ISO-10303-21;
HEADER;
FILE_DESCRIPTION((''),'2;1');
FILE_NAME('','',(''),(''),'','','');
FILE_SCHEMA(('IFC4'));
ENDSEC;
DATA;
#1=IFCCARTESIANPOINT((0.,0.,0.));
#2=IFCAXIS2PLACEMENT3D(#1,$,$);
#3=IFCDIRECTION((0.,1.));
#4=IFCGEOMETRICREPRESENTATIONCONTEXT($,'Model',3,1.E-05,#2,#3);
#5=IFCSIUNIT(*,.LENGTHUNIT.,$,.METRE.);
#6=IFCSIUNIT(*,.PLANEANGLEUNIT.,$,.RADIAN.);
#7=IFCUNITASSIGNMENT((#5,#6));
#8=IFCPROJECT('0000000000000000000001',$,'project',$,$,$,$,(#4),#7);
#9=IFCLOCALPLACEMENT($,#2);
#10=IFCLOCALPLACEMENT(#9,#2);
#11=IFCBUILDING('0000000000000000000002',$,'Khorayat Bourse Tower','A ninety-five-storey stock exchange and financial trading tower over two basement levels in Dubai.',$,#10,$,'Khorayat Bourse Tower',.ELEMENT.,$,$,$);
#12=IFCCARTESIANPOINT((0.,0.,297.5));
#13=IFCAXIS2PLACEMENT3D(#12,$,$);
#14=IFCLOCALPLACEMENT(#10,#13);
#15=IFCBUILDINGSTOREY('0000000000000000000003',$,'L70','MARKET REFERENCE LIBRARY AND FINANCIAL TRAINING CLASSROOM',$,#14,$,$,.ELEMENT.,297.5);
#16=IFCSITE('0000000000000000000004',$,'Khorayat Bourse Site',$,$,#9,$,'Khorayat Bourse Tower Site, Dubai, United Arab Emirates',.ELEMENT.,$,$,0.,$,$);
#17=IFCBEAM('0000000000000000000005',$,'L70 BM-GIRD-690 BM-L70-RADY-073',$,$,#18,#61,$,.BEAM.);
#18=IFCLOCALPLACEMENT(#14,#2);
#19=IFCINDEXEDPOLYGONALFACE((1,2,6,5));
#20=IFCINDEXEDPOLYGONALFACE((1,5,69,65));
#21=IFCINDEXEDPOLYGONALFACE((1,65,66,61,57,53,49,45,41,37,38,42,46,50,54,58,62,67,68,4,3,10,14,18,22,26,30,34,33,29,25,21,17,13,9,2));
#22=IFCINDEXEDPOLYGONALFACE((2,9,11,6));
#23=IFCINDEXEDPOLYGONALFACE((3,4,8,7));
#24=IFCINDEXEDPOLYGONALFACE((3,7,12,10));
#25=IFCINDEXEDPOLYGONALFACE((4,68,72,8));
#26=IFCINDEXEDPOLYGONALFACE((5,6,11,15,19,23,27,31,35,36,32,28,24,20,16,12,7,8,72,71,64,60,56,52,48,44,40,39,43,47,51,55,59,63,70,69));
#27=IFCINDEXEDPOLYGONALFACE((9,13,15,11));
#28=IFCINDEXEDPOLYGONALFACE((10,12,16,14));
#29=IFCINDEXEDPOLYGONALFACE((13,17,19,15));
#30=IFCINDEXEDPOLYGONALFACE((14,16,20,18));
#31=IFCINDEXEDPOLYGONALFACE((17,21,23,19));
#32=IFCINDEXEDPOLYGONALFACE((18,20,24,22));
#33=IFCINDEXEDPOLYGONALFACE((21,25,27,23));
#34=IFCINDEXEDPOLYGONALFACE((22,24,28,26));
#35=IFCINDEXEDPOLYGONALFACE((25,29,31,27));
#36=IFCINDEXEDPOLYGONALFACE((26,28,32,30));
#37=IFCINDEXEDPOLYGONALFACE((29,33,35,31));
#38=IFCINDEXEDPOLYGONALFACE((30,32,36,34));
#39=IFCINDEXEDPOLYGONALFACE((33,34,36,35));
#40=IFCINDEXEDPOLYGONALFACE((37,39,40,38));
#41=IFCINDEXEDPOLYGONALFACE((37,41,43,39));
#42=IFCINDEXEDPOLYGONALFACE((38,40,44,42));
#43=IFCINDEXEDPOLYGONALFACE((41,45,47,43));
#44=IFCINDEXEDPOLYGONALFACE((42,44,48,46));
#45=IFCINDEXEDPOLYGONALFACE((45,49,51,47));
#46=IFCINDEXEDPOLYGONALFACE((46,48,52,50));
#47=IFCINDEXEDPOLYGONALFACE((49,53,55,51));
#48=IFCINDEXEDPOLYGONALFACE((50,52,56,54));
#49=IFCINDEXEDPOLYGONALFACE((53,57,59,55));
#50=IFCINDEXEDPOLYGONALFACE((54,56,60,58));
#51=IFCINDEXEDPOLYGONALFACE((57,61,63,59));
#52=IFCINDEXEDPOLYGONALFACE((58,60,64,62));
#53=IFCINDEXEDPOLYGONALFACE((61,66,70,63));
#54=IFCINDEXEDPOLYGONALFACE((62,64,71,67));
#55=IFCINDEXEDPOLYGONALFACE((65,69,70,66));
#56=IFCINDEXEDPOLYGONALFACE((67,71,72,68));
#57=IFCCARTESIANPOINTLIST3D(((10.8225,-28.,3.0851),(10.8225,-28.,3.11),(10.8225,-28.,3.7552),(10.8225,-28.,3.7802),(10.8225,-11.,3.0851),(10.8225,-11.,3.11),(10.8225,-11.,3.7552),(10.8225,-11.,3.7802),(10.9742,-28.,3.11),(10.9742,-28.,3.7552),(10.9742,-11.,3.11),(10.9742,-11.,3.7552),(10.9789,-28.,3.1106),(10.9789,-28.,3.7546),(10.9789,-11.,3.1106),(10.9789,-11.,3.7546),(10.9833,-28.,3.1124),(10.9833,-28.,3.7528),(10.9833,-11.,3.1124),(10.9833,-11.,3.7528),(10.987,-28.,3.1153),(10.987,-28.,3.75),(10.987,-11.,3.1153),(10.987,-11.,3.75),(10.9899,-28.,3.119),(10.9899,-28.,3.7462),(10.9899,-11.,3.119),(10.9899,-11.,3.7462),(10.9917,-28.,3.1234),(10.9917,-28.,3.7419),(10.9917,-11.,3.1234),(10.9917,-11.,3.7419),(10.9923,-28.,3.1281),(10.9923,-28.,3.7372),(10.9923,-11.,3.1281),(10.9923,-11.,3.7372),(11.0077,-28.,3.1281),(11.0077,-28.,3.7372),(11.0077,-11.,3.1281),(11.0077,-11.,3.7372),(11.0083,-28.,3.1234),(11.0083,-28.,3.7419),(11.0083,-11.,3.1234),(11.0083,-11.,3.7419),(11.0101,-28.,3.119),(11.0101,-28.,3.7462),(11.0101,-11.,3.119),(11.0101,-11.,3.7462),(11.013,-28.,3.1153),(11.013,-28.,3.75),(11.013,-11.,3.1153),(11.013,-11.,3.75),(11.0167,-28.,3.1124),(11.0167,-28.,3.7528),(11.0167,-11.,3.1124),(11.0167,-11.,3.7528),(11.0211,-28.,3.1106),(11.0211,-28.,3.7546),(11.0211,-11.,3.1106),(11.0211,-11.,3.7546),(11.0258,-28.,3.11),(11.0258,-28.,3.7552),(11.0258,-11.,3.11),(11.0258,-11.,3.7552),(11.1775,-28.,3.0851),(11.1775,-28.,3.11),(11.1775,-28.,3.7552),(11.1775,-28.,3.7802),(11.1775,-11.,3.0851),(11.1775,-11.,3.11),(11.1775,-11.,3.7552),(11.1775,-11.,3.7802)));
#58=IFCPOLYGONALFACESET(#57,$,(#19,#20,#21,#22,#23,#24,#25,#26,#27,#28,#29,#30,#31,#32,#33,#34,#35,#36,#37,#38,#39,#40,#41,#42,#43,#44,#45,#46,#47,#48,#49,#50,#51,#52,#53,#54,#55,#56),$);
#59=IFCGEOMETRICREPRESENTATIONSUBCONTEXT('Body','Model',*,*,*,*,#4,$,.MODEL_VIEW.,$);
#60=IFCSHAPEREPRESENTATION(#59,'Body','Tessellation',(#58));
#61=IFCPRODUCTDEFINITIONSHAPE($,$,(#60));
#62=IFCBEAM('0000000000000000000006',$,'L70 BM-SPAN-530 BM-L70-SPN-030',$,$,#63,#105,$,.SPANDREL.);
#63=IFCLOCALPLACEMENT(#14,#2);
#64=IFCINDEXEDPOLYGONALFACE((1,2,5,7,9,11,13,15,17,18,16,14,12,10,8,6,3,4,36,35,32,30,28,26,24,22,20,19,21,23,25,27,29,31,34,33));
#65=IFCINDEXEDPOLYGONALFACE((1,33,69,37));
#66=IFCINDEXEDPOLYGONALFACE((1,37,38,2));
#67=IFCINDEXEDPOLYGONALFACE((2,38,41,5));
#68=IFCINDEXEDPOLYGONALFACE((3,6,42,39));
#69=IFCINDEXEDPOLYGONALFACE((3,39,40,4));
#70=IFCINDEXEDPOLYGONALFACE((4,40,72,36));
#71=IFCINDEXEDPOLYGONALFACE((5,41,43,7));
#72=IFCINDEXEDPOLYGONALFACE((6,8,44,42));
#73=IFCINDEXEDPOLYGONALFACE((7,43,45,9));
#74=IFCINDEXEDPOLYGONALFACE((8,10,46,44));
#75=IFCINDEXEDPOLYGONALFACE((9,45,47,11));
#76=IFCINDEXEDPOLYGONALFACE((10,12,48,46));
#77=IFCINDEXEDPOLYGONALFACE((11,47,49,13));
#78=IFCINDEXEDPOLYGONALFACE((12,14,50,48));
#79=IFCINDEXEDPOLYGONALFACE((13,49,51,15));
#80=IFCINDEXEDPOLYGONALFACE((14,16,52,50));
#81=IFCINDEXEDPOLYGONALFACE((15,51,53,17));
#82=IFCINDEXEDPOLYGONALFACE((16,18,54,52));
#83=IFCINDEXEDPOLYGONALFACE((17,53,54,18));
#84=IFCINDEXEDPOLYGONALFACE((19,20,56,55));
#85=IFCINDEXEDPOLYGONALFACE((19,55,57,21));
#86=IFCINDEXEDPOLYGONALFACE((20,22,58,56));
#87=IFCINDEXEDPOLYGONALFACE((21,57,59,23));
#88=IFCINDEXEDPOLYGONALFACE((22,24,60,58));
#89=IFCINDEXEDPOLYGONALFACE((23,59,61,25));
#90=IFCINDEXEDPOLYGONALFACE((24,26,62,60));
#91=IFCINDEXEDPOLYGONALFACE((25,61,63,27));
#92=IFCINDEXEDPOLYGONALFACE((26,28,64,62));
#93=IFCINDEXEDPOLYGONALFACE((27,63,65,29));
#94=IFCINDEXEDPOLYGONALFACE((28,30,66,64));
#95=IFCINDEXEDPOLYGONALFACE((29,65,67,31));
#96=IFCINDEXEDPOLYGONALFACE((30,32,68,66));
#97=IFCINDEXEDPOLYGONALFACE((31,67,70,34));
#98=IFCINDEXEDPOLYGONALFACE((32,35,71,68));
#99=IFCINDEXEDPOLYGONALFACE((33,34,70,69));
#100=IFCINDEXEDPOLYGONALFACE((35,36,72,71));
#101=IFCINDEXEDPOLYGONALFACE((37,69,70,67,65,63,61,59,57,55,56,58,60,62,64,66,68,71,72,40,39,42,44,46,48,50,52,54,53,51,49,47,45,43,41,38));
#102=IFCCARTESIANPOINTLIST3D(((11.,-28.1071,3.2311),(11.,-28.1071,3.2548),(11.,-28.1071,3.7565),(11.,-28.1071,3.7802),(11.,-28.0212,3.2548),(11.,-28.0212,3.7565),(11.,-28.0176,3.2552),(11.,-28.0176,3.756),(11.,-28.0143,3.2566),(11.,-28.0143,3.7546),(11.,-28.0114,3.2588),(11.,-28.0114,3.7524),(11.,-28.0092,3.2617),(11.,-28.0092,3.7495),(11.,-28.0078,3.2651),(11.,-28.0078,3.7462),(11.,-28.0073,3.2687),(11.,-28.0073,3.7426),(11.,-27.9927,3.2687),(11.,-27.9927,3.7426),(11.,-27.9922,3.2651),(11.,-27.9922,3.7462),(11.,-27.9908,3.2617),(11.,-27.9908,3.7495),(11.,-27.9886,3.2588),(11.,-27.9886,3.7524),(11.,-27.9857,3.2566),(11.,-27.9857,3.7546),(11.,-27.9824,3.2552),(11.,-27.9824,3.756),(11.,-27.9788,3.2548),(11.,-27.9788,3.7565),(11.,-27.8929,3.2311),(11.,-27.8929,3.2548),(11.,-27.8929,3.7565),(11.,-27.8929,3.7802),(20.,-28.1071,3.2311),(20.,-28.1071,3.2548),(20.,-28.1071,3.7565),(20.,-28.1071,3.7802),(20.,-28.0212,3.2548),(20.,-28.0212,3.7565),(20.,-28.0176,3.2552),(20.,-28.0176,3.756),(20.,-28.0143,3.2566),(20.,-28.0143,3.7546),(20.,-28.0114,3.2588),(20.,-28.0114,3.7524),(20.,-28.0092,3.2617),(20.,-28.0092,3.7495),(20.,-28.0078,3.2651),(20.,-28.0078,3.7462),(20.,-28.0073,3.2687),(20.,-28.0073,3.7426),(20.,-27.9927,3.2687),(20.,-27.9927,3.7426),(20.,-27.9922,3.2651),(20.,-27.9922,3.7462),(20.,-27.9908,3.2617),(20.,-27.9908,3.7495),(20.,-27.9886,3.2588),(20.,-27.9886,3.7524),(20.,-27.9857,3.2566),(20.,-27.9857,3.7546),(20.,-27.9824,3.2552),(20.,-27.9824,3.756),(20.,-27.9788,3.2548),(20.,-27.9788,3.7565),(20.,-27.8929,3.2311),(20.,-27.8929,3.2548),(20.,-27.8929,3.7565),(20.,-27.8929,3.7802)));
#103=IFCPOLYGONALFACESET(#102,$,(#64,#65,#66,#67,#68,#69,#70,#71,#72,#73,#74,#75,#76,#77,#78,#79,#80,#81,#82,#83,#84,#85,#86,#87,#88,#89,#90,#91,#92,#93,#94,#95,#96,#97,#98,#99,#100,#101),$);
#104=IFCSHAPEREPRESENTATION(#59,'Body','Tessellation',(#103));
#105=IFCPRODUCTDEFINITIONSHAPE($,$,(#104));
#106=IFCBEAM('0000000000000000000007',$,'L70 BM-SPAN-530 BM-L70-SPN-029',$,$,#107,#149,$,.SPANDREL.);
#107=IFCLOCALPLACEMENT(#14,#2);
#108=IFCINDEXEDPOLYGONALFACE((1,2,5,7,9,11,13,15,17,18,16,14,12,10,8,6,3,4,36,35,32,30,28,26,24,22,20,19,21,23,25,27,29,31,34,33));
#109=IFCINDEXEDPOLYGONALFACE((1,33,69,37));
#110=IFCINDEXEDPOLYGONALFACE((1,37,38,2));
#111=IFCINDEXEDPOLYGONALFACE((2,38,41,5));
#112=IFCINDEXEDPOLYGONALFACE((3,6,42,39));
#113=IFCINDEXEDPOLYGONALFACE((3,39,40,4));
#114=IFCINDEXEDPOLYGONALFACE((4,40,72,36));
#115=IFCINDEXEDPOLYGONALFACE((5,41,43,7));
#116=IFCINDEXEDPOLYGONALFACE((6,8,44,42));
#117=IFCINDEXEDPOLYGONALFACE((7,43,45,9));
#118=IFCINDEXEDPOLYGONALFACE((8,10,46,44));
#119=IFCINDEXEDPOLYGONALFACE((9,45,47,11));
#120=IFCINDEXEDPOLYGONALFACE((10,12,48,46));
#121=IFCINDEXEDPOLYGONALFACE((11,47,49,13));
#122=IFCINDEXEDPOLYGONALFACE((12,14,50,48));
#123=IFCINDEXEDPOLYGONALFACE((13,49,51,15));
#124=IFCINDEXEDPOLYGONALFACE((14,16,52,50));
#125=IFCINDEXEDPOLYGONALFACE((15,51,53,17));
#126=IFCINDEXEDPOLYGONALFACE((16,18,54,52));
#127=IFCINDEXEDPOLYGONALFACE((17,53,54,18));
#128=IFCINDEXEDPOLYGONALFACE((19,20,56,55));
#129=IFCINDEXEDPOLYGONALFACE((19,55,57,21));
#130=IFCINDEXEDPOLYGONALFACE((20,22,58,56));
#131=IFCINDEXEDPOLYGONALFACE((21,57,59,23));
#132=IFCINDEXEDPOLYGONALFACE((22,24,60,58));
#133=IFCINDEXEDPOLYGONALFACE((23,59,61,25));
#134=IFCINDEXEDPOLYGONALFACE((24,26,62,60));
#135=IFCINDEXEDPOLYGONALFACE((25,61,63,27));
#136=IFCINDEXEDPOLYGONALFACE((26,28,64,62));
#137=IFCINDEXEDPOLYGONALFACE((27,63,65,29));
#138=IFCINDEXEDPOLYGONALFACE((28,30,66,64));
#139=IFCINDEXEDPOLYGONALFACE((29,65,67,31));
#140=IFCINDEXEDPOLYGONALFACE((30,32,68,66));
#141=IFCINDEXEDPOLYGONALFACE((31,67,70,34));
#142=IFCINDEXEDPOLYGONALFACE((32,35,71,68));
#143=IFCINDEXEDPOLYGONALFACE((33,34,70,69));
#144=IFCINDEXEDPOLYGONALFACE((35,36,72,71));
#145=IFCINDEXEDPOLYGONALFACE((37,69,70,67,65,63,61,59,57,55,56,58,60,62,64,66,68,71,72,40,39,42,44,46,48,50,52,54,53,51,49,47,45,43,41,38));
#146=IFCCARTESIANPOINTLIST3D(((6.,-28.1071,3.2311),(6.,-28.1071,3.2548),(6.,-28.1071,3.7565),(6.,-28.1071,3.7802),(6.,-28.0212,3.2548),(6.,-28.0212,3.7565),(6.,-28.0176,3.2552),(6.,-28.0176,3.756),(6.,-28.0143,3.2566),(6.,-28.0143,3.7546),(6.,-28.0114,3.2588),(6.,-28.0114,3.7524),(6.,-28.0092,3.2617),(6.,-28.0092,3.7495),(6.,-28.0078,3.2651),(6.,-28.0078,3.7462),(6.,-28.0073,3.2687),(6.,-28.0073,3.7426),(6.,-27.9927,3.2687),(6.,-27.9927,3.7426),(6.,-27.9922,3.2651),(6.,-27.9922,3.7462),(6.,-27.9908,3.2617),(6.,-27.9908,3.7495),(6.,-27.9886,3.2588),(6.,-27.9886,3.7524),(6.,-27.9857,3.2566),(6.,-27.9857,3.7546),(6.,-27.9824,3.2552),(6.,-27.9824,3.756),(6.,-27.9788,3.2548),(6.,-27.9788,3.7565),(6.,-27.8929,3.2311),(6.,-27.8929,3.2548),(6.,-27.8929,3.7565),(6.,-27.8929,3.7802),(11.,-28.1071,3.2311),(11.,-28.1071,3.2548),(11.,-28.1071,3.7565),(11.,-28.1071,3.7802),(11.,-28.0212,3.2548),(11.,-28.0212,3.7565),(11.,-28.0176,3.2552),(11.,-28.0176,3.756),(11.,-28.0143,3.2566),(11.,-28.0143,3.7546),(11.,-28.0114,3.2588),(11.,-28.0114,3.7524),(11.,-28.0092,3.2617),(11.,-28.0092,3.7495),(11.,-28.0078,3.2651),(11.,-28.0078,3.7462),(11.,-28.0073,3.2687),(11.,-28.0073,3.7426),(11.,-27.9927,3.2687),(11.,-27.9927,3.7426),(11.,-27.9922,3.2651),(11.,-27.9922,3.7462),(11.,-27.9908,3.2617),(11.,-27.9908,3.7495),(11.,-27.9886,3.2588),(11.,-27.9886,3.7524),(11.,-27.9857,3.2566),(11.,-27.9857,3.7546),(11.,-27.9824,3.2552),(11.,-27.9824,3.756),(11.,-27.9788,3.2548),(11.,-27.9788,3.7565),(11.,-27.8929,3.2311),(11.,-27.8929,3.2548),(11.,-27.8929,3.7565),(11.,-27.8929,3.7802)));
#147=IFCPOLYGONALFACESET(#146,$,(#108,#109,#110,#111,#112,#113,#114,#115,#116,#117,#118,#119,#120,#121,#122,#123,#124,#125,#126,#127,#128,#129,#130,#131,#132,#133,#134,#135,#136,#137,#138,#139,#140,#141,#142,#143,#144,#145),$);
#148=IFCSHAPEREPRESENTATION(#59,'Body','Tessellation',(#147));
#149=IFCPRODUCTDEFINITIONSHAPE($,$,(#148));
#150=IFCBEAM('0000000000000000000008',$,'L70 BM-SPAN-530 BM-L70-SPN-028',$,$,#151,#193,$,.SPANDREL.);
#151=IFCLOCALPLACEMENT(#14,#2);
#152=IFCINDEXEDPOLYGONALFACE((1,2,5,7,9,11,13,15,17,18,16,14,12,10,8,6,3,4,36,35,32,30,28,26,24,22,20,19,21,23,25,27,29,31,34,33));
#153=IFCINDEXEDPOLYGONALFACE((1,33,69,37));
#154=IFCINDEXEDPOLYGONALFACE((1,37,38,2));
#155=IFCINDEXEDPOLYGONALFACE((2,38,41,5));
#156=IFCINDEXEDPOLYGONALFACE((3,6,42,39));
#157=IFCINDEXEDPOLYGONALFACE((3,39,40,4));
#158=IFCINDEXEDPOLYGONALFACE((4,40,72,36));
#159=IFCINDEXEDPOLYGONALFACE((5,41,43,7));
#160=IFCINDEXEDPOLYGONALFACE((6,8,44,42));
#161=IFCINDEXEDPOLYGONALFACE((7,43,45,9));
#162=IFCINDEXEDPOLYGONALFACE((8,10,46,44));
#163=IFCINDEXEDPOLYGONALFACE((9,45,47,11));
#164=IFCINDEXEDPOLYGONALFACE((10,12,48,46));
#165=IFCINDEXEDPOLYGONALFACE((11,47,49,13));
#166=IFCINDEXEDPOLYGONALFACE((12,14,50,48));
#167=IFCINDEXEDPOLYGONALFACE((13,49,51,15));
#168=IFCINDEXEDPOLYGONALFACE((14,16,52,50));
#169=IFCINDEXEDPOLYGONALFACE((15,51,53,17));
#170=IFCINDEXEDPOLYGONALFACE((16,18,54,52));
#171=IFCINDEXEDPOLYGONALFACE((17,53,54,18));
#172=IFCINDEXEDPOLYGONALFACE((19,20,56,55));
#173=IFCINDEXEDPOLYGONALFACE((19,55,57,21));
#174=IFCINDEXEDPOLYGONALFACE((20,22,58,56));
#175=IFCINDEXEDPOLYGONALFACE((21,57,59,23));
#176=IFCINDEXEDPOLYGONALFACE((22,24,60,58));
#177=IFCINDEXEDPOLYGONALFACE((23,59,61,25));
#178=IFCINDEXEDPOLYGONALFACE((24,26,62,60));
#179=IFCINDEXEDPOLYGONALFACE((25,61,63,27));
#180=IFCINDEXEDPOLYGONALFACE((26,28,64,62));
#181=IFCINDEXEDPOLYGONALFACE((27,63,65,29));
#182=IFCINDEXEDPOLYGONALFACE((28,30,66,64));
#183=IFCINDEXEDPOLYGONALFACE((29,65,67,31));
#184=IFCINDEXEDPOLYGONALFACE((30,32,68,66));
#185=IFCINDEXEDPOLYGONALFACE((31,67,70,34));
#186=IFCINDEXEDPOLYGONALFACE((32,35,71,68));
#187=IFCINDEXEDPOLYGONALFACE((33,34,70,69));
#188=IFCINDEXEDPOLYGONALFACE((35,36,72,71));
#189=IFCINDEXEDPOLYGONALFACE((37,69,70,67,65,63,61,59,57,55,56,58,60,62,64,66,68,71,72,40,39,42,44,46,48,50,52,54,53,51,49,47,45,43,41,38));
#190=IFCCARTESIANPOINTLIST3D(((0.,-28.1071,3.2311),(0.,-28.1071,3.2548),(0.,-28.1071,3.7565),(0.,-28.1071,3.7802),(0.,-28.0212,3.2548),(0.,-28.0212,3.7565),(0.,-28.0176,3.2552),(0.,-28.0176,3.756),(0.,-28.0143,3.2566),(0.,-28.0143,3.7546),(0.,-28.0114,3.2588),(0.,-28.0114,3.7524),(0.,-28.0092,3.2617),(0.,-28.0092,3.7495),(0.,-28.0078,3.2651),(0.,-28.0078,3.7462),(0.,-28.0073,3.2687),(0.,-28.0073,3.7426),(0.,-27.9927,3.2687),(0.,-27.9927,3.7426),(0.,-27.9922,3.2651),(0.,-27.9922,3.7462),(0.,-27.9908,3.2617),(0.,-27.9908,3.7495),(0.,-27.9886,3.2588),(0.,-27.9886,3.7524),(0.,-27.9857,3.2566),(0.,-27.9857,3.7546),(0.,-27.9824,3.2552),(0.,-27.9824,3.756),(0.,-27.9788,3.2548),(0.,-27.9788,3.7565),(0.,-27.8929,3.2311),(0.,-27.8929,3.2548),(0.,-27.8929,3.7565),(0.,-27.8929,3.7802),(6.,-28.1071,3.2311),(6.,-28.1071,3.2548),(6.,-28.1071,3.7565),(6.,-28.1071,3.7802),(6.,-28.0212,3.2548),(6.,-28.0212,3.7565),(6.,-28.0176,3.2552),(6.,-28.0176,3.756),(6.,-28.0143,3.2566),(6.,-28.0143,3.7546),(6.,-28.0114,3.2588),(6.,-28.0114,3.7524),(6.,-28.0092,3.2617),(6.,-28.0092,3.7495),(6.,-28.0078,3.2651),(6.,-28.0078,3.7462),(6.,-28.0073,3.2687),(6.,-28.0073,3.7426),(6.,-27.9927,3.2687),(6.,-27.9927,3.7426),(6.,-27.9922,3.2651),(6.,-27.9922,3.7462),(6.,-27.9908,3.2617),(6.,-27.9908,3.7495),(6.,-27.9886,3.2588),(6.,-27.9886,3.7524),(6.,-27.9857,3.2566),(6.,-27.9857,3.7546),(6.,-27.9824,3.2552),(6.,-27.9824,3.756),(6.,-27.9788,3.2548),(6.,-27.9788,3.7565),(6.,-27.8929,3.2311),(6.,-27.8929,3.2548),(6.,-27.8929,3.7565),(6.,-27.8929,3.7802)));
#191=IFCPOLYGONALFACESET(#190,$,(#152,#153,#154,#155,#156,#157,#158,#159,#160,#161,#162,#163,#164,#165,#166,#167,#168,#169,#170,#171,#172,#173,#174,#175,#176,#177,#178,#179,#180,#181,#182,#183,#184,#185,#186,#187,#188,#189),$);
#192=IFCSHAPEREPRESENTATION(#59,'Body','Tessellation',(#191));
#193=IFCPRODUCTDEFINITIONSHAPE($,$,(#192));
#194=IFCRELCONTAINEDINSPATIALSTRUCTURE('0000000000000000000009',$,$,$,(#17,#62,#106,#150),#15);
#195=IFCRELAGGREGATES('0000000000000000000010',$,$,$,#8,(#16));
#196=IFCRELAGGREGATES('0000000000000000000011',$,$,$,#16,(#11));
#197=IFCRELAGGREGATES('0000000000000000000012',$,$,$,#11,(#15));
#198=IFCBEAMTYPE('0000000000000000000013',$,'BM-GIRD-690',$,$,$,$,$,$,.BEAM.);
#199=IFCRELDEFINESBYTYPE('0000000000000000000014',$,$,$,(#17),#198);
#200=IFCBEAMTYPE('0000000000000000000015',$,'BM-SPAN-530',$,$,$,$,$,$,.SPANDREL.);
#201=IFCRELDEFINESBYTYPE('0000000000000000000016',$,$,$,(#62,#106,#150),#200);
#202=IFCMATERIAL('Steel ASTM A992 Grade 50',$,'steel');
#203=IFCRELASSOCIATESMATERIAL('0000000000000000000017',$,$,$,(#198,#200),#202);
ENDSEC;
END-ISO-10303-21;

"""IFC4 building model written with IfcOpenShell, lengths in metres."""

from ifc_helpers import new_model, si_unit, direction, frame, origin, origin_2d, place, context, subcontext, project, spatial, i_section, extrude, source, transform, mapped, material, material_profile, profile_set, type_object, element, save


model = new_model("IFC4")

# Units and contexts
model_context = context("Model", 3, precision=1e-05, world=origin(), true_north=direction((0.0, 1.0)))
body_context = subcontext(model_context, "Body", "Model", "MODEL_VIEW")
ifc_project = project(units=[si_unit("LENGTHUNIT", "METRE"), si_unit("PLANEANGLEUNIT", "RADIAN")], contexts=[model_context])

# Site, building, storey
site_placement = place(None, origin())
site = spatial("IfcSite", under=ifc_project, at=site_placement, Name="Khorayat Bourse Site", LongName="Khorayat Bourse Tower Site, Dubai, United Arab Emirates", CompositionType="ELEMENT", RefElevation=0.0)
building_placement = place(site_placement, origin())
building = spatial("IfcBuilding", under=site, at=building_placement, Name="Khorayat Bourse Tower", Description="A ninety-five-storey stock exchange and financial trading tower over two basement levels in Dubai.", LongName="Khorayat Bourse Tower", CompositionType="ELEMENT")
storey_placement = place(building_placement, frame((0.0, 0.0, 297.5)))
storey = spatial("IfcBuildingStorey", under=building, at=storey_placement, Name="L70", Description="MARKET REFERENCE LIBRARY AND FINANCIAL TRAINING CLASSROOM", CompositionType="ELEMENT", Elevation=297.5)

# Beams
ifc_material_1 = material(Name="Steel ASTM A992 Grade 50", Category="steel")
ifc_material_profile_1 = material_profile(ifc_material_1, i_section(OverallWidth=0.355, OverallDepth=0.6951, WebThickness=0.0154, FlangeThickness=0.0249, FilletRadius=0.0181, at=origin_2d()), Name="W690X217")
ifc_profile_set_1 = profile_set([ifc_material_profile_1], Name="Steel ASTM A992 Grade 50")
beam_type_1 = type_object("IfcBeamType", Name="BM-GIRD-690", PredefinedType="BEAM", material=ifc_profile_set_1)
shared_shape_1 = source(origin(), body_context, "Body", "SweptSolid", [
    extrude(i_section(OverallWidth=0.355, OverallDepth=0.6951, WebThickness=0.0154, FlangeThickness=0.0249, FilletRadius=0.0181, at=origin_2d()), origin(), (0.0, 0.0, 1.0), 17.0),
])
for number, where, z_axis, x_axis, name in (
    (1, (11.0, -28.0, 3.4326), (0.0, 1.0, 0.0), (-1.0, 0.0, 0.0), "L70 BM-GIRD-690 BM-L70-RADY-073"),
):
    element("IfcBeam", number, at=place(storey_placement, frame(where, z_axis=z_axis, x_axis=x_axis)), inside=storey, type_object=beam_type_1, Name=name, PredefinedType="BEAM", context=body_context, shape_type="MappedRepresentation", body=[
        mapped(shared_shape_1, transform((0.0, 0.0, 0.0), scale=1.0)),
    ])
ifc_material_profile_2 = material_profile(ifc_material_1, i_section(OverallWidth=0.2141, OverallDepth=0.5491, WebThickness=0.0146, FlangeThickness=0.0237, FilletRadius=0.0139, at=origin_2d()), Name="W530X138")
ifc_profile_set_2 = profile_set([ifc_material_profile_2], Name="Steel ASTM A992 Grade 50")
beam_type_2 = type_object("IfcBeamType", Name="BM-SPAN-530", PredefinedType="SPANDREL", material=ifc_profile_set_2)
shared_shape_2 = source(origin(), body_context, "Body", "SweptSolid", [
    extrude(i_section(OverallWidth=0.2141, OverallDepth=0.5491, WebThickness=0.0146, FlangeThickness=0.0237, FilletRadius=0.0139, at=origin_2d()), origin(), (0.0, 0.0, 1.0), 9.0),
])
beam_1_placement = place(storey_placement, frame((11.0, -28.0, 3.5056), z_axis=(1.0, 0.0, 0.0), x_axis=(0.0, 1.0, 0.0)))
element("IfcBeam", 2, at=beam_1_placement, inside=storey, type_object=beam_type_2, Name="L70 BM-SPAN-530 BM-L70-SPN-030", PredefinedType="SPANDREL", context=body_context, shape_type="MappedRepresentation", body=[
    mapped(shared_shape_2, transform((0.0, 0.0, 0.0), scale=1.0)),
])
shared_shape_3 = source(origin(), body_context, "Body", "SweptSolid", [
    extrude(i_section(OverallWidth=0.2141, OverallDepth=0.5491, WebThickness=0.0146, FlangeThickness=0.0237, FilletRadius=0.0139, at=origin_2d()), origin(), (0.0, 0.0, 1.0), 5.0),
])
beam_2_placement = place(storey_placement, frame((6.0, -28.0, 3.5056), z_axis=(1.0, 0.0, 0.0), x_axis=(0.0, 1.0, 0.0)))
element("IfcBeam", 3, at=beam_2_placement, inside=storey, type_object=beam_type_2, Name="L70 BM-SPAN-530 BM-L70-SPN-029", PredefinedType="SPANDREL", context=body_context, shape_type="MappedRepresentation", body=[
    mapped(shared_shape_3, transform((0.0, 0.0, 0.0), scale=1.0)),
])
shared_shape_4 = source(origin(), body_context, "Body", "SweptSolid", [
    extrude(i_section(OverallWidth=0.2141, OverallDepth=0.5491, WebThickness=0.0146, FlangeThickness=0.0237, FilletRadius=0.0139, at=origin_2d()), origin(), (0.0, 0.0, 1.0), 6.0),
])
beam_3_placement = place(storey_placement, frame((0.0, -28.0, 3.5056), z_axis=(1.0, 0.0, 0.0), x_axis=(0.0, 1.0, 0.0)))
element("IfcBeam", 4, at=beam_3_placement, inside=storey, type_object=beam_type_2, Name="L70 BM-SPAN-530 BM-L70-SPN-028", PredefinedType="SPANDREL", context=body_context, shape_type="MappedRepresentation", body=[
    mapped(shared_shape_4, transform((0.0, 0.0, 0.0), scale=1.0)),
])

save(model, "model.ifc")
